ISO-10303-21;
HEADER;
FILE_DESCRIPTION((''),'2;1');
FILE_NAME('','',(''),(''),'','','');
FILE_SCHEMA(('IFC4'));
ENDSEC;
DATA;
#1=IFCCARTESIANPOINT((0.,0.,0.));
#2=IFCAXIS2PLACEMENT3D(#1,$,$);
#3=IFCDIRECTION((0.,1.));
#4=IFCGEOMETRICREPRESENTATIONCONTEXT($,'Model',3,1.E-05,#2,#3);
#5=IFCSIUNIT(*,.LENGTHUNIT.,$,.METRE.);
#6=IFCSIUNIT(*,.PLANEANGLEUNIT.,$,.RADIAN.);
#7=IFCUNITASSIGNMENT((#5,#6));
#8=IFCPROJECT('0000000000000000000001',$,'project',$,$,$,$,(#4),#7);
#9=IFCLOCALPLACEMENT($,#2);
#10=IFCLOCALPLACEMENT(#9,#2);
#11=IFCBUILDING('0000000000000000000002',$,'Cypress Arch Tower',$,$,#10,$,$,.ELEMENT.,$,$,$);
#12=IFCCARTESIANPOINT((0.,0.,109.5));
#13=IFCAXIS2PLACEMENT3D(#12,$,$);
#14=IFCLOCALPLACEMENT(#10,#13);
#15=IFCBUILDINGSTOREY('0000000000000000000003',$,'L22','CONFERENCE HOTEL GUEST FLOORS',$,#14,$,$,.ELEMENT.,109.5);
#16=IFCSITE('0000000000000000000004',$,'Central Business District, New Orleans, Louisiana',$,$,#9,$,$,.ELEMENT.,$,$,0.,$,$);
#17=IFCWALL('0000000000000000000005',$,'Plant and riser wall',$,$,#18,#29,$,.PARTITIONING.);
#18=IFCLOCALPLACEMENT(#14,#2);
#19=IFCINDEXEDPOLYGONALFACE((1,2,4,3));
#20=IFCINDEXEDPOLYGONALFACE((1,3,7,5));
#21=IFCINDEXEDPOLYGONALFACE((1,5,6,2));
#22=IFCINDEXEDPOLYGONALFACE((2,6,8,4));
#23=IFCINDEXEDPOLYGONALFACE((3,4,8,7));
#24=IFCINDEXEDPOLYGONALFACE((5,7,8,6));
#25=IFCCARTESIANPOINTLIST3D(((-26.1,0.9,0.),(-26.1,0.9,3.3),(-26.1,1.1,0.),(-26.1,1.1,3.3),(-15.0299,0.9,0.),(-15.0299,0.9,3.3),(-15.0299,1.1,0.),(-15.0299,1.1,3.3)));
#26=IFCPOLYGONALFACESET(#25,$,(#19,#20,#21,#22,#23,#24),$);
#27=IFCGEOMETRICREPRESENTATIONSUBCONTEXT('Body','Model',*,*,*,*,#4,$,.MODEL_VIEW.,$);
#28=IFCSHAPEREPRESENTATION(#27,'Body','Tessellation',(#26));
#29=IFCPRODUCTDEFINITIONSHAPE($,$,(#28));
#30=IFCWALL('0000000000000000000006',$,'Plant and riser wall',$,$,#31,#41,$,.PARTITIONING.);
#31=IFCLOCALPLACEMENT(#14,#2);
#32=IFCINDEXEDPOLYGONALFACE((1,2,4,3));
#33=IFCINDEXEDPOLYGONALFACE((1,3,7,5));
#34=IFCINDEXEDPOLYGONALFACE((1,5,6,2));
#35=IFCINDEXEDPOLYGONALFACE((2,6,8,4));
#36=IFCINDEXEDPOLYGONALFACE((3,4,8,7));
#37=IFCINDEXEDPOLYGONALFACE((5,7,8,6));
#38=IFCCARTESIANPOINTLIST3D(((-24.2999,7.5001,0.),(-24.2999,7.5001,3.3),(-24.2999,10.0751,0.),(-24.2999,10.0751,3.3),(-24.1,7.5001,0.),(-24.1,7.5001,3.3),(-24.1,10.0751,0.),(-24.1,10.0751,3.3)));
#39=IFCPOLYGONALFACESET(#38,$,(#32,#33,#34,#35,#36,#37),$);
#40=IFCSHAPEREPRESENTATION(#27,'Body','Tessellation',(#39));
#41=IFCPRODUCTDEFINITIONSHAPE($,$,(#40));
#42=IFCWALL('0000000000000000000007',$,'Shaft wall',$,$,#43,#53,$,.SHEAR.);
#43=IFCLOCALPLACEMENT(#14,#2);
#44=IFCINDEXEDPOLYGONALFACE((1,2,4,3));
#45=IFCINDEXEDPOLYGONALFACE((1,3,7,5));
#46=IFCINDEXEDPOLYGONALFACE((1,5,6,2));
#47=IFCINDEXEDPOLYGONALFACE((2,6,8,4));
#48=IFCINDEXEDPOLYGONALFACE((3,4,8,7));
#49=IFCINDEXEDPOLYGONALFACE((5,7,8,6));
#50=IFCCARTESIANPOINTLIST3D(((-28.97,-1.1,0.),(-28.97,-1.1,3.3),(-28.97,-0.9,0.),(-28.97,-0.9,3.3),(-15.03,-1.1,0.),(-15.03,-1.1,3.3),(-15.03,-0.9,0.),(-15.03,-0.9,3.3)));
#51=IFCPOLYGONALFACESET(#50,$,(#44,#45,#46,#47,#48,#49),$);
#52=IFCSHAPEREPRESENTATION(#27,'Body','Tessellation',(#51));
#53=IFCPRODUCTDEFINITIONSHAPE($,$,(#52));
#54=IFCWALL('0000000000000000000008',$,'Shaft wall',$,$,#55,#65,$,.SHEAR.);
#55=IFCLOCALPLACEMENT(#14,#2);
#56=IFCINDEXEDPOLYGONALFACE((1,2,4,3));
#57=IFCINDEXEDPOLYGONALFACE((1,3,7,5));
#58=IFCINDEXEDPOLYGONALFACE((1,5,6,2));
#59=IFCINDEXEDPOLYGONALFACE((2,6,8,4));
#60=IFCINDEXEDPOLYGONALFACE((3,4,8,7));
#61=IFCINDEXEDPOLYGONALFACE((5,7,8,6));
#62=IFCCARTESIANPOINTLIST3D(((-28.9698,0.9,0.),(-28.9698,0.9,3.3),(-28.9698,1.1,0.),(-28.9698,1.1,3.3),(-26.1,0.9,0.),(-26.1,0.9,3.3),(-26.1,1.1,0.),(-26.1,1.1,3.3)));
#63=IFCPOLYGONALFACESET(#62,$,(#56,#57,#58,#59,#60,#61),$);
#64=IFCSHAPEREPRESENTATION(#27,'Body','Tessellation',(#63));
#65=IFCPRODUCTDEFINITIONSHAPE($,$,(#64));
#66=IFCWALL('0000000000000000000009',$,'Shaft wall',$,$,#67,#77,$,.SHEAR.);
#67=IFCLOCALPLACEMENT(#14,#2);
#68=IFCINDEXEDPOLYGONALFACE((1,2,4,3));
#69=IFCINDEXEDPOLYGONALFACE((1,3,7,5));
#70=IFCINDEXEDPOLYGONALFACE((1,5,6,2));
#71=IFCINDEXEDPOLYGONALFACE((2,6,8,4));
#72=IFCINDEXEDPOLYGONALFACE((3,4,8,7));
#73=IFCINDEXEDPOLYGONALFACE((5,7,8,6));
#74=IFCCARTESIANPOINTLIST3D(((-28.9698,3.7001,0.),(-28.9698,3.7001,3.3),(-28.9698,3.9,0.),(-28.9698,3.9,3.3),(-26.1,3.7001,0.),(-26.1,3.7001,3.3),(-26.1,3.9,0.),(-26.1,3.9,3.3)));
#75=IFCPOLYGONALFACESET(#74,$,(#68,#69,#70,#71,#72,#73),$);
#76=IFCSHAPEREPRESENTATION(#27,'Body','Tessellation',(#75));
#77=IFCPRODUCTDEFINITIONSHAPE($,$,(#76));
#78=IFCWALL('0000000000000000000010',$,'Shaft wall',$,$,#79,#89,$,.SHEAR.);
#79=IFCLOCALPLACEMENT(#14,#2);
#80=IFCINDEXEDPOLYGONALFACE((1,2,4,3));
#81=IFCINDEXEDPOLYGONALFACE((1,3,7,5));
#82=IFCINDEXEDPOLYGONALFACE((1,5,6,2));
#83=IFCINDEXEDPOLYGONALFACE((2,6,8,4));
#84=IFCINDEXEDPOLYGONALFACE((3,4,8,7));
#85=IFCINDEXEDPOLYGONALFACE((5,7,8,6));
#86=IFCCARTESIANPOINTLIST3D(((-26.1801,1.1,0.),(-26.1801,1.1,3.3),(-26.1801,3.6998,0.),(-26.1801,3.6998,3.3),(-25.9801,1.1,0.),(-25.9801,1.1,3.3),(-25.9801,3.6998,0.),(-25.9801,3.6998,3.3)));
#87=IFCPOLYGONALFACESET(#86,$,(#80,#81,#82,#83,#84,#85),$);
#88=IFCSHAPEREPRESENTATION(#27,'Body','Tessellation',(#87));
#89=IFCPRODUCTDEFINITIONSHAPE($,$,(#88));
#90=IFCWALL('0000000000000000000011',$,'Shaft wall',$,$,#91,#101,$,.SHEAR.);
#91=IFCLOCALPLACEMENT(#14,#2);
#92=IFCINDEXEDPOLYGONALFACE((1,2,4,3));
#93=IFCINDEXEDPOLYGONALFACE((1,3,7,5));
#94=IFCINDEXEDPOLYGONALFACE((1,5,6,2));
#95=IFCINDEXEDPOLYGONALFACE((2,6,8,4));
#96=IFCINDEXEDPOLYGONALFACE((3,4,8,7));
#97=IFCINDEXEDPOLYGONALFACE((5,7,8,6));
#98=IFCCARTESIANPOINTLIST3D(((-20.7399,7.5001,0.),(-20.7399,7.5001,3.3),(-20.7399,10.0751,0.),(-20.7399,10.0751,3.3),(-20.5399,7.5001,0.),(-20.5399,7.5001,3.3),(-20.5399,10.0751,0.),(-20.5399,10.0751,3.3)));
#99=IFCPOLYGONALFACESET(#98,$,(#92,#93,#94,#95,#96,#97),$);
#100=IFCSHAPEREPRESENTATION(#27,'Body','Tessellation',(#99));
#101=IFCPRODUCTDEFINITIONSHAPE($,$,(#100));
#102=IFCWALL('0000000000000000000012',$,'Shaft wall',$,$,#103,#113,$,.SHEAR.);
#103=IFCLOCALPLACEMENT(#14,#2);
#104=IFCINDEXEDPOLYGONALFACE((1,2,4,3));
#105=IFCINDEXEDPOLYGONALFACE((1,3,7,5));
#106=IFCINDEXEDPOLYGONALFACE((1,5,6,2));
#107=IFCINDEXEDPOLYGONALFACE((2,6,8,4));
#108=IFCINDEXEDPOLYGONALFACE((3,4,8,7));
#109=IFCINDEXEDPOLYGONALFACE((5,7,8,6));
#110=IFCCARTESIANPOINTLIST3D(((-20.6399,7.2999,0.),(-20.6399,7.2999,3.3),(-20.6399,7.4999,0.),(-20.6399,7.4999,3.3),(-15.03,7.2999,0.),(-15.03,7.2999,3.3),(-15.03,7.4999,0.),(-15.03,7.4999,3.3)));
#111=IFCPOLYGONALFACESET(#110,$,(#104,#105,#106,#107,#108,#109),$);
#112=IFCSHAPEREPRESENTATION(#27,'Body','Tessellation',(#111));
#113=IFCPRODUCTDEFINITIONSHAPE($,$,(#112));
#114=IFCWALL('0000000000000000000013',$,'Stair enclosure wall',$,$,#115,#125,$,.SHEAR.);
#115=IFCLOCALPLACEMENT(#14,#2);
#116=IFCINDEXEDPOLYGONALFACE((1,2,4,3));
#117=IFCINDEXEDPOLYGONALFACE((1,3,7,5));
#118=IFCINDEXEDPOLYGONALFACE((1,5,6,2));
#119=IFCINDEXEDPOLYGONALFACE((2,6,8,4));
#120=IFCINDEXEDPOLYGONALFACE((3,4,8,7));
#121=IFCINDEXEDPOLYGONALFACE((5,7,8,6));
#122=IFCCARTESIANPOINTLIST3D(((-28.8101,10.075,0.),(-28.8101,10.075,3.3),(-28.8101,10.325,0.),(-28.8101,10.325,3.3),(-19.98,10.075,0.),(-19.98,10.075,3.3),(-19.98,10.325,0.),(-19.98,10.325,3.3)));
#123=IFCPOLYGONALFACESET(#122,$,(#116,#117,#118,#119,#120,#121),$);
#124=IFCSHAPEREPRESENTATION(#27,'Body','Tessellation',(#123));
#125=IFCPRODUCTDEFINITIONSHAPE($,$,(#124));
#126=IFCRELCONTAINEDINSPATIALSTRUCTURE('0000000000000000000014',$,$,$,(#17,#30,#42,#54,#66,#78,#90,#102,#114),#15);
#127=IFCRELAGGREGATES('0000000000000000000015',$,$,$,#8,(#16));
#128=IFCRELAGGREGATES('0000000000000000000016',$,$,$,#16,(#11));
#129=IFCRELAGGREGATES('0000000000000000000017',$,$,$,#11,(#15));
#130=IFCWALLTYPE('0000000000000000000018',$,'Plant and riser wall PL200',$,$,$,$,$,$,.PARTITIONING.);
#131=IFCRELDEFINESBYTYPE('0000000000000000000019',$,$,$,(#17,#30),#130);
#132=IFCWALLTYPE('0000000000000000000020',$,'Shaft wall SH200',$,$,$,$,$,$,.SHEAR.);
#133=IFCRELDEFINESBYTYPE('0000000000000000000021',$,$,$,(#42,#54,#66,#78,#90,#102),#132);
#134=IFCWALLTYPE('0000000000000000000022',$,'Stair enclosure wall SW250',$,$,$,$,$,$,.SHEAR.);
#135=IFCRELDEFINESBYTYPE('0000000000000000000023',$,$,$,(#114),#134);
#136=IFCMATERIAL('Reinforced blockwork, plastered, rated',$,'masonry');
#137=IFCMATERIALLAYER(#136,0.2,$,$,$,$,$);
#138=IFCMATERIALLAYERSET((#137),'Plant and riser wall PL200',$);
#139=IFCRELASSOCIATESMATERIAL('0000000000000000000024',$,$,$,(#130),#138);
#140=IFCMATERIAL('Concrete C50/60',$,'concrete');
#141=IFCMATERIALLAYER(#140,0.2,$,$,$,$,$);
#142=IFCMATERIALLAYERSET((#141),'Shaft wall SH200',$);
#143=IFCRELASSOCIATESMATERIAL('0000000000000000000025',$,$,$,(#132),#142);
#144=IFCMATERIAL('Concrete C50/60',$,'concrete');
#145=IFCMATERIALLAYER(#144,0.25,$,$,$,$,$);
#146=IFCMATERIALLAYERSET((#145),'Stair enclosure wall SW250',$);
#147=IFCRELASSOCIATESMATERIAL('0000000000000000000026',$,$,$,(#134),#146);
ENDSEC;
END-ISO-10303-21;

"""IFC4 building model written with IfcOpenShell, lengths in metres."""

from ifc_helpers import new_model, si_unit, direction, frame, frame_2d, origin, place, context, subcontext, project, spatial, rectangle, extrude, material, layer, layer_set, type_object, element, save


model = new_model("IFC4")

# Units and contexts
model_context = context("Model", 3, precision=1e-05, world=origin(), true_north=direction((0.0, 1.0)))
body_context = subcontext(model_context, "Body", "Model", "MODEL_VIEW")
ifc_project = project(units=[si_unit("LENGTHUNIT", "METRE"), si_unit("PLANEANGLEUNIT", "RADIAN")], contexts=[model_context])

# Site, building, storey
site_placement = place(None, origin())
site = spatial("IfcSite", under=ifc_project, at=site_placement, Name="Central Business District, New Orleans, Louisiana", CompositionType="ELEMENT", RefElevation=0.0)
building_placement = place(site_placement, origin())
building = spatial("IfcBuilding", under=site, at=building_placement, Name="Cypress Arch Tower", CompositionType="ELEMENT")
storey_placement = place(building_placement, frame((0.0, 0.0, 109.5)))
storey = spatial("IfcBuildingStorey", under=building, at=storey_placement, Name="L22", Description="CONFERENCE HOTEL GUEST FLOORS", CompositionType="ELEMENT", Elevation=109.5)

# Shared definitions
ifc_material_1 = material(Name="Reinforced blockwork, plastered, rated", Category="masonry")
ifc_layer_1 = layer(ifc_material_1, 0.2)
ifc_layer_set_1 = layer_set([ifc_layer_1], Name="Plant and riser wall PL200")
wall_type_1 = type_object("IfcWallType", Name="Plant and riser wall PL200", PredefinedType="PARTITIONING", material=ifc_layer_set_1)

# Walls
wall_1_placement = place(storey_placement, frame((-26.1001, 1.0, 0.0), z_axis=(0.0, 0.0, 1.0), x_axis=(1.0, 0.0, 0.0)))
element("IfcWall", 1, at=wall_1_placement, inside=storey, type_object=wall_type_1, Name="Plant and riser wall", PredefinedType="PARTITIONING", context=body_context, shape_type="SweptSolid", body=[
    extrude(rectangle(XDim=11.0701, YDim=0.2, at=frame_2d((5.5352, 0.0))), origin(), (0.0, 0.0, 1.0), 3.3),
])
wall_2_placement = place(storey_placement, frame((-24.2, 7.5, 0.0), z_axis=(0.0, 0.0, 1.0), x_axis=(0.0, 1.0, 0.0)))
element("IfcWall", 2, at=wall_2_placement, inside=storey, type_object=wall_type_1, Name="Plant and riser wall", PredefinedType="PARTITIONING", context=body_context, shape_type="SweptSolid", body=[
    extrude(rectangle(XDim=2.575, YDim=0.2, at=frame_2d((1.2876, 0.0))), origin(), (0.0, 0.0, 1.0), 3.3),
])
ifc_material_2 = material(Name="Concrete C50/60", Category="concrete")
ifc_layer_2 = layer(ifc_material_2, 0.2)
ifc_layer_set_2 = layer_set([ifc_layer_2], Name="Shaft wall SH200")
wall_type_2 = type_object("IfcWallType", Name="Shaft wall SH200", PredefinedType="SHEAR", material=ifc_layer_set_2)
wall_3_placement = place(storey_placement, frame((-28.97, -1.0, 0.0), z_axis=(0.0, 0.0, 1.0), x_axis=(1.0, 0.0, 0.0)))
element("IfcWall", 3, at=wall_3_placement, inside=storey, type_object=wall_type_2, Name="Shaft wall", PredefinedType="SHEAR", context=body_context, shape_type="SweptSolid", body=[
    extrude(rectangle(XDim=13.9399, YDim=0.2, at=frame_2d((6.97, 0.0))), origin(), (0.0, 0.0, 1.0), 3.3),
])
for number, where, z_axis, x_axis, name in (
    (4, (-28.97, 1.0, 0.0), (0.0, 0.0, 1.0), (1.0, 0.0, 0.0), "Shaft wall"),
    (5, (-28.97, 3.8, 0.0), (0.0, 0.0, 1.0), (1.0, 0.0, 0.0), "Shaft wall"),
):
    element("IfcWall", number, at=place(storey_placement, frame(where, z_axis=z_axis, x_axis=x_axis)), inside=storey, type_object=wall_type_2, Name=name, PredefinedType="SHEAR", context=body_context, shape_type="SweptSolid", body=[
        extrude(rectangle(XDim=2.8699, YDim=0.2, at=frame_2d((1.4351, 0.0))), origin(), (0.0, 0.0, 1.0), 3.3),
    ])
wall_4_placement = place(storey_placement, frame((-26.0801, 1.1001, 0.0), z_axis=(0.0, 0.0, 1.0), x_axis=(0.0, 1.0, 0.0)))
element("IfcWall", 6, at=wall_4_placement, inside=storey, type_object=wall_type_2, Name="Shaft wall", PredefinedType="SHEAR", context=body_context, shape_type="SweptSolid", body=[
    extrude(rectangle(XDim=2.5999, YDim=0.2, at=frame_2d((1.2998, 0.0))), origin(), (0.0, 0.0, 1.0), 3.3),
])
wall_5_placement = place(storey_placement, frame((-20.6399, 7.5, 0.0), z_axis=(0.0, 0.0, 1.0), x_axis=(0.0, 1.0, 0.0)))
element("IfcWall", 7, at=wall_5_placement, inside=storey, type_object=wall_type_2, Name="Shaft wall", PredefinedType="SHEAR", context=body_context, shape_type="SweptSolid", body=[
    extrude(rectangle(XDim=2.575, YDim=0.2, at=frame_2d((1.2876, 0.0))), origin(), (0.0, 0.0, 1.0), 3.3),
])
wall_6_placement = place(storey_placement, frame((-20.6399, 7.3999, 0.0), z_axis=(0.0, 0.0, 1.0), x_axis=(1.0, 0.0, 0.0)))
element("IfcWall", 8, at=wall_6_placement, inside=storey, type_object=wall_type_2, Name="Shaft wall", PredefinedType="SHEAR", context=body_context, shape_type="SweptSolid", body=[
    extrude(rectangle(XDim=5.6099, YDim=0.2, at=frame_2d((2.8049, 0.0))), origin(), (0.0, 0.0, 1.0), 3.3),
])
ifc_material_3 = material(Name="Concrete C50/60", Category="concrete")
ifc_layer_3 = layer(ifc_material_3, 0.25)
ifc_layer_set_3 = layer_set([ifc_layer_3], Name="Stair enclosure wall SW250")
wall_type_3 = type_object("IfcWallType", Name="Stair enclosure wall SW250", PredefinedType="SHEAR", material=ifc_layer_set_3)
wall_7_placement = place(storey_placement, frame((-28.8101, 10.2, 0.0), z_axis=(0.0, 0.0, 1.0), x_axis=(1.0, 0.0, 0.0)))
element("IfcWall", 9, at=wall_7_placement, inside=storey, type_object=wall_type_3, Name="Stair enclosure wall", PredefinedType="SHEAR", context=body_context, shape_type="SweptSolid", body=[
    extrude(rectangle(XDim=8.8301, YDim=0.25, at=frame_2d((4.415, 0.0))), origin(), (0.0, 0.0, 1.0), 3.3),
])

save(model, "model.ifc")
